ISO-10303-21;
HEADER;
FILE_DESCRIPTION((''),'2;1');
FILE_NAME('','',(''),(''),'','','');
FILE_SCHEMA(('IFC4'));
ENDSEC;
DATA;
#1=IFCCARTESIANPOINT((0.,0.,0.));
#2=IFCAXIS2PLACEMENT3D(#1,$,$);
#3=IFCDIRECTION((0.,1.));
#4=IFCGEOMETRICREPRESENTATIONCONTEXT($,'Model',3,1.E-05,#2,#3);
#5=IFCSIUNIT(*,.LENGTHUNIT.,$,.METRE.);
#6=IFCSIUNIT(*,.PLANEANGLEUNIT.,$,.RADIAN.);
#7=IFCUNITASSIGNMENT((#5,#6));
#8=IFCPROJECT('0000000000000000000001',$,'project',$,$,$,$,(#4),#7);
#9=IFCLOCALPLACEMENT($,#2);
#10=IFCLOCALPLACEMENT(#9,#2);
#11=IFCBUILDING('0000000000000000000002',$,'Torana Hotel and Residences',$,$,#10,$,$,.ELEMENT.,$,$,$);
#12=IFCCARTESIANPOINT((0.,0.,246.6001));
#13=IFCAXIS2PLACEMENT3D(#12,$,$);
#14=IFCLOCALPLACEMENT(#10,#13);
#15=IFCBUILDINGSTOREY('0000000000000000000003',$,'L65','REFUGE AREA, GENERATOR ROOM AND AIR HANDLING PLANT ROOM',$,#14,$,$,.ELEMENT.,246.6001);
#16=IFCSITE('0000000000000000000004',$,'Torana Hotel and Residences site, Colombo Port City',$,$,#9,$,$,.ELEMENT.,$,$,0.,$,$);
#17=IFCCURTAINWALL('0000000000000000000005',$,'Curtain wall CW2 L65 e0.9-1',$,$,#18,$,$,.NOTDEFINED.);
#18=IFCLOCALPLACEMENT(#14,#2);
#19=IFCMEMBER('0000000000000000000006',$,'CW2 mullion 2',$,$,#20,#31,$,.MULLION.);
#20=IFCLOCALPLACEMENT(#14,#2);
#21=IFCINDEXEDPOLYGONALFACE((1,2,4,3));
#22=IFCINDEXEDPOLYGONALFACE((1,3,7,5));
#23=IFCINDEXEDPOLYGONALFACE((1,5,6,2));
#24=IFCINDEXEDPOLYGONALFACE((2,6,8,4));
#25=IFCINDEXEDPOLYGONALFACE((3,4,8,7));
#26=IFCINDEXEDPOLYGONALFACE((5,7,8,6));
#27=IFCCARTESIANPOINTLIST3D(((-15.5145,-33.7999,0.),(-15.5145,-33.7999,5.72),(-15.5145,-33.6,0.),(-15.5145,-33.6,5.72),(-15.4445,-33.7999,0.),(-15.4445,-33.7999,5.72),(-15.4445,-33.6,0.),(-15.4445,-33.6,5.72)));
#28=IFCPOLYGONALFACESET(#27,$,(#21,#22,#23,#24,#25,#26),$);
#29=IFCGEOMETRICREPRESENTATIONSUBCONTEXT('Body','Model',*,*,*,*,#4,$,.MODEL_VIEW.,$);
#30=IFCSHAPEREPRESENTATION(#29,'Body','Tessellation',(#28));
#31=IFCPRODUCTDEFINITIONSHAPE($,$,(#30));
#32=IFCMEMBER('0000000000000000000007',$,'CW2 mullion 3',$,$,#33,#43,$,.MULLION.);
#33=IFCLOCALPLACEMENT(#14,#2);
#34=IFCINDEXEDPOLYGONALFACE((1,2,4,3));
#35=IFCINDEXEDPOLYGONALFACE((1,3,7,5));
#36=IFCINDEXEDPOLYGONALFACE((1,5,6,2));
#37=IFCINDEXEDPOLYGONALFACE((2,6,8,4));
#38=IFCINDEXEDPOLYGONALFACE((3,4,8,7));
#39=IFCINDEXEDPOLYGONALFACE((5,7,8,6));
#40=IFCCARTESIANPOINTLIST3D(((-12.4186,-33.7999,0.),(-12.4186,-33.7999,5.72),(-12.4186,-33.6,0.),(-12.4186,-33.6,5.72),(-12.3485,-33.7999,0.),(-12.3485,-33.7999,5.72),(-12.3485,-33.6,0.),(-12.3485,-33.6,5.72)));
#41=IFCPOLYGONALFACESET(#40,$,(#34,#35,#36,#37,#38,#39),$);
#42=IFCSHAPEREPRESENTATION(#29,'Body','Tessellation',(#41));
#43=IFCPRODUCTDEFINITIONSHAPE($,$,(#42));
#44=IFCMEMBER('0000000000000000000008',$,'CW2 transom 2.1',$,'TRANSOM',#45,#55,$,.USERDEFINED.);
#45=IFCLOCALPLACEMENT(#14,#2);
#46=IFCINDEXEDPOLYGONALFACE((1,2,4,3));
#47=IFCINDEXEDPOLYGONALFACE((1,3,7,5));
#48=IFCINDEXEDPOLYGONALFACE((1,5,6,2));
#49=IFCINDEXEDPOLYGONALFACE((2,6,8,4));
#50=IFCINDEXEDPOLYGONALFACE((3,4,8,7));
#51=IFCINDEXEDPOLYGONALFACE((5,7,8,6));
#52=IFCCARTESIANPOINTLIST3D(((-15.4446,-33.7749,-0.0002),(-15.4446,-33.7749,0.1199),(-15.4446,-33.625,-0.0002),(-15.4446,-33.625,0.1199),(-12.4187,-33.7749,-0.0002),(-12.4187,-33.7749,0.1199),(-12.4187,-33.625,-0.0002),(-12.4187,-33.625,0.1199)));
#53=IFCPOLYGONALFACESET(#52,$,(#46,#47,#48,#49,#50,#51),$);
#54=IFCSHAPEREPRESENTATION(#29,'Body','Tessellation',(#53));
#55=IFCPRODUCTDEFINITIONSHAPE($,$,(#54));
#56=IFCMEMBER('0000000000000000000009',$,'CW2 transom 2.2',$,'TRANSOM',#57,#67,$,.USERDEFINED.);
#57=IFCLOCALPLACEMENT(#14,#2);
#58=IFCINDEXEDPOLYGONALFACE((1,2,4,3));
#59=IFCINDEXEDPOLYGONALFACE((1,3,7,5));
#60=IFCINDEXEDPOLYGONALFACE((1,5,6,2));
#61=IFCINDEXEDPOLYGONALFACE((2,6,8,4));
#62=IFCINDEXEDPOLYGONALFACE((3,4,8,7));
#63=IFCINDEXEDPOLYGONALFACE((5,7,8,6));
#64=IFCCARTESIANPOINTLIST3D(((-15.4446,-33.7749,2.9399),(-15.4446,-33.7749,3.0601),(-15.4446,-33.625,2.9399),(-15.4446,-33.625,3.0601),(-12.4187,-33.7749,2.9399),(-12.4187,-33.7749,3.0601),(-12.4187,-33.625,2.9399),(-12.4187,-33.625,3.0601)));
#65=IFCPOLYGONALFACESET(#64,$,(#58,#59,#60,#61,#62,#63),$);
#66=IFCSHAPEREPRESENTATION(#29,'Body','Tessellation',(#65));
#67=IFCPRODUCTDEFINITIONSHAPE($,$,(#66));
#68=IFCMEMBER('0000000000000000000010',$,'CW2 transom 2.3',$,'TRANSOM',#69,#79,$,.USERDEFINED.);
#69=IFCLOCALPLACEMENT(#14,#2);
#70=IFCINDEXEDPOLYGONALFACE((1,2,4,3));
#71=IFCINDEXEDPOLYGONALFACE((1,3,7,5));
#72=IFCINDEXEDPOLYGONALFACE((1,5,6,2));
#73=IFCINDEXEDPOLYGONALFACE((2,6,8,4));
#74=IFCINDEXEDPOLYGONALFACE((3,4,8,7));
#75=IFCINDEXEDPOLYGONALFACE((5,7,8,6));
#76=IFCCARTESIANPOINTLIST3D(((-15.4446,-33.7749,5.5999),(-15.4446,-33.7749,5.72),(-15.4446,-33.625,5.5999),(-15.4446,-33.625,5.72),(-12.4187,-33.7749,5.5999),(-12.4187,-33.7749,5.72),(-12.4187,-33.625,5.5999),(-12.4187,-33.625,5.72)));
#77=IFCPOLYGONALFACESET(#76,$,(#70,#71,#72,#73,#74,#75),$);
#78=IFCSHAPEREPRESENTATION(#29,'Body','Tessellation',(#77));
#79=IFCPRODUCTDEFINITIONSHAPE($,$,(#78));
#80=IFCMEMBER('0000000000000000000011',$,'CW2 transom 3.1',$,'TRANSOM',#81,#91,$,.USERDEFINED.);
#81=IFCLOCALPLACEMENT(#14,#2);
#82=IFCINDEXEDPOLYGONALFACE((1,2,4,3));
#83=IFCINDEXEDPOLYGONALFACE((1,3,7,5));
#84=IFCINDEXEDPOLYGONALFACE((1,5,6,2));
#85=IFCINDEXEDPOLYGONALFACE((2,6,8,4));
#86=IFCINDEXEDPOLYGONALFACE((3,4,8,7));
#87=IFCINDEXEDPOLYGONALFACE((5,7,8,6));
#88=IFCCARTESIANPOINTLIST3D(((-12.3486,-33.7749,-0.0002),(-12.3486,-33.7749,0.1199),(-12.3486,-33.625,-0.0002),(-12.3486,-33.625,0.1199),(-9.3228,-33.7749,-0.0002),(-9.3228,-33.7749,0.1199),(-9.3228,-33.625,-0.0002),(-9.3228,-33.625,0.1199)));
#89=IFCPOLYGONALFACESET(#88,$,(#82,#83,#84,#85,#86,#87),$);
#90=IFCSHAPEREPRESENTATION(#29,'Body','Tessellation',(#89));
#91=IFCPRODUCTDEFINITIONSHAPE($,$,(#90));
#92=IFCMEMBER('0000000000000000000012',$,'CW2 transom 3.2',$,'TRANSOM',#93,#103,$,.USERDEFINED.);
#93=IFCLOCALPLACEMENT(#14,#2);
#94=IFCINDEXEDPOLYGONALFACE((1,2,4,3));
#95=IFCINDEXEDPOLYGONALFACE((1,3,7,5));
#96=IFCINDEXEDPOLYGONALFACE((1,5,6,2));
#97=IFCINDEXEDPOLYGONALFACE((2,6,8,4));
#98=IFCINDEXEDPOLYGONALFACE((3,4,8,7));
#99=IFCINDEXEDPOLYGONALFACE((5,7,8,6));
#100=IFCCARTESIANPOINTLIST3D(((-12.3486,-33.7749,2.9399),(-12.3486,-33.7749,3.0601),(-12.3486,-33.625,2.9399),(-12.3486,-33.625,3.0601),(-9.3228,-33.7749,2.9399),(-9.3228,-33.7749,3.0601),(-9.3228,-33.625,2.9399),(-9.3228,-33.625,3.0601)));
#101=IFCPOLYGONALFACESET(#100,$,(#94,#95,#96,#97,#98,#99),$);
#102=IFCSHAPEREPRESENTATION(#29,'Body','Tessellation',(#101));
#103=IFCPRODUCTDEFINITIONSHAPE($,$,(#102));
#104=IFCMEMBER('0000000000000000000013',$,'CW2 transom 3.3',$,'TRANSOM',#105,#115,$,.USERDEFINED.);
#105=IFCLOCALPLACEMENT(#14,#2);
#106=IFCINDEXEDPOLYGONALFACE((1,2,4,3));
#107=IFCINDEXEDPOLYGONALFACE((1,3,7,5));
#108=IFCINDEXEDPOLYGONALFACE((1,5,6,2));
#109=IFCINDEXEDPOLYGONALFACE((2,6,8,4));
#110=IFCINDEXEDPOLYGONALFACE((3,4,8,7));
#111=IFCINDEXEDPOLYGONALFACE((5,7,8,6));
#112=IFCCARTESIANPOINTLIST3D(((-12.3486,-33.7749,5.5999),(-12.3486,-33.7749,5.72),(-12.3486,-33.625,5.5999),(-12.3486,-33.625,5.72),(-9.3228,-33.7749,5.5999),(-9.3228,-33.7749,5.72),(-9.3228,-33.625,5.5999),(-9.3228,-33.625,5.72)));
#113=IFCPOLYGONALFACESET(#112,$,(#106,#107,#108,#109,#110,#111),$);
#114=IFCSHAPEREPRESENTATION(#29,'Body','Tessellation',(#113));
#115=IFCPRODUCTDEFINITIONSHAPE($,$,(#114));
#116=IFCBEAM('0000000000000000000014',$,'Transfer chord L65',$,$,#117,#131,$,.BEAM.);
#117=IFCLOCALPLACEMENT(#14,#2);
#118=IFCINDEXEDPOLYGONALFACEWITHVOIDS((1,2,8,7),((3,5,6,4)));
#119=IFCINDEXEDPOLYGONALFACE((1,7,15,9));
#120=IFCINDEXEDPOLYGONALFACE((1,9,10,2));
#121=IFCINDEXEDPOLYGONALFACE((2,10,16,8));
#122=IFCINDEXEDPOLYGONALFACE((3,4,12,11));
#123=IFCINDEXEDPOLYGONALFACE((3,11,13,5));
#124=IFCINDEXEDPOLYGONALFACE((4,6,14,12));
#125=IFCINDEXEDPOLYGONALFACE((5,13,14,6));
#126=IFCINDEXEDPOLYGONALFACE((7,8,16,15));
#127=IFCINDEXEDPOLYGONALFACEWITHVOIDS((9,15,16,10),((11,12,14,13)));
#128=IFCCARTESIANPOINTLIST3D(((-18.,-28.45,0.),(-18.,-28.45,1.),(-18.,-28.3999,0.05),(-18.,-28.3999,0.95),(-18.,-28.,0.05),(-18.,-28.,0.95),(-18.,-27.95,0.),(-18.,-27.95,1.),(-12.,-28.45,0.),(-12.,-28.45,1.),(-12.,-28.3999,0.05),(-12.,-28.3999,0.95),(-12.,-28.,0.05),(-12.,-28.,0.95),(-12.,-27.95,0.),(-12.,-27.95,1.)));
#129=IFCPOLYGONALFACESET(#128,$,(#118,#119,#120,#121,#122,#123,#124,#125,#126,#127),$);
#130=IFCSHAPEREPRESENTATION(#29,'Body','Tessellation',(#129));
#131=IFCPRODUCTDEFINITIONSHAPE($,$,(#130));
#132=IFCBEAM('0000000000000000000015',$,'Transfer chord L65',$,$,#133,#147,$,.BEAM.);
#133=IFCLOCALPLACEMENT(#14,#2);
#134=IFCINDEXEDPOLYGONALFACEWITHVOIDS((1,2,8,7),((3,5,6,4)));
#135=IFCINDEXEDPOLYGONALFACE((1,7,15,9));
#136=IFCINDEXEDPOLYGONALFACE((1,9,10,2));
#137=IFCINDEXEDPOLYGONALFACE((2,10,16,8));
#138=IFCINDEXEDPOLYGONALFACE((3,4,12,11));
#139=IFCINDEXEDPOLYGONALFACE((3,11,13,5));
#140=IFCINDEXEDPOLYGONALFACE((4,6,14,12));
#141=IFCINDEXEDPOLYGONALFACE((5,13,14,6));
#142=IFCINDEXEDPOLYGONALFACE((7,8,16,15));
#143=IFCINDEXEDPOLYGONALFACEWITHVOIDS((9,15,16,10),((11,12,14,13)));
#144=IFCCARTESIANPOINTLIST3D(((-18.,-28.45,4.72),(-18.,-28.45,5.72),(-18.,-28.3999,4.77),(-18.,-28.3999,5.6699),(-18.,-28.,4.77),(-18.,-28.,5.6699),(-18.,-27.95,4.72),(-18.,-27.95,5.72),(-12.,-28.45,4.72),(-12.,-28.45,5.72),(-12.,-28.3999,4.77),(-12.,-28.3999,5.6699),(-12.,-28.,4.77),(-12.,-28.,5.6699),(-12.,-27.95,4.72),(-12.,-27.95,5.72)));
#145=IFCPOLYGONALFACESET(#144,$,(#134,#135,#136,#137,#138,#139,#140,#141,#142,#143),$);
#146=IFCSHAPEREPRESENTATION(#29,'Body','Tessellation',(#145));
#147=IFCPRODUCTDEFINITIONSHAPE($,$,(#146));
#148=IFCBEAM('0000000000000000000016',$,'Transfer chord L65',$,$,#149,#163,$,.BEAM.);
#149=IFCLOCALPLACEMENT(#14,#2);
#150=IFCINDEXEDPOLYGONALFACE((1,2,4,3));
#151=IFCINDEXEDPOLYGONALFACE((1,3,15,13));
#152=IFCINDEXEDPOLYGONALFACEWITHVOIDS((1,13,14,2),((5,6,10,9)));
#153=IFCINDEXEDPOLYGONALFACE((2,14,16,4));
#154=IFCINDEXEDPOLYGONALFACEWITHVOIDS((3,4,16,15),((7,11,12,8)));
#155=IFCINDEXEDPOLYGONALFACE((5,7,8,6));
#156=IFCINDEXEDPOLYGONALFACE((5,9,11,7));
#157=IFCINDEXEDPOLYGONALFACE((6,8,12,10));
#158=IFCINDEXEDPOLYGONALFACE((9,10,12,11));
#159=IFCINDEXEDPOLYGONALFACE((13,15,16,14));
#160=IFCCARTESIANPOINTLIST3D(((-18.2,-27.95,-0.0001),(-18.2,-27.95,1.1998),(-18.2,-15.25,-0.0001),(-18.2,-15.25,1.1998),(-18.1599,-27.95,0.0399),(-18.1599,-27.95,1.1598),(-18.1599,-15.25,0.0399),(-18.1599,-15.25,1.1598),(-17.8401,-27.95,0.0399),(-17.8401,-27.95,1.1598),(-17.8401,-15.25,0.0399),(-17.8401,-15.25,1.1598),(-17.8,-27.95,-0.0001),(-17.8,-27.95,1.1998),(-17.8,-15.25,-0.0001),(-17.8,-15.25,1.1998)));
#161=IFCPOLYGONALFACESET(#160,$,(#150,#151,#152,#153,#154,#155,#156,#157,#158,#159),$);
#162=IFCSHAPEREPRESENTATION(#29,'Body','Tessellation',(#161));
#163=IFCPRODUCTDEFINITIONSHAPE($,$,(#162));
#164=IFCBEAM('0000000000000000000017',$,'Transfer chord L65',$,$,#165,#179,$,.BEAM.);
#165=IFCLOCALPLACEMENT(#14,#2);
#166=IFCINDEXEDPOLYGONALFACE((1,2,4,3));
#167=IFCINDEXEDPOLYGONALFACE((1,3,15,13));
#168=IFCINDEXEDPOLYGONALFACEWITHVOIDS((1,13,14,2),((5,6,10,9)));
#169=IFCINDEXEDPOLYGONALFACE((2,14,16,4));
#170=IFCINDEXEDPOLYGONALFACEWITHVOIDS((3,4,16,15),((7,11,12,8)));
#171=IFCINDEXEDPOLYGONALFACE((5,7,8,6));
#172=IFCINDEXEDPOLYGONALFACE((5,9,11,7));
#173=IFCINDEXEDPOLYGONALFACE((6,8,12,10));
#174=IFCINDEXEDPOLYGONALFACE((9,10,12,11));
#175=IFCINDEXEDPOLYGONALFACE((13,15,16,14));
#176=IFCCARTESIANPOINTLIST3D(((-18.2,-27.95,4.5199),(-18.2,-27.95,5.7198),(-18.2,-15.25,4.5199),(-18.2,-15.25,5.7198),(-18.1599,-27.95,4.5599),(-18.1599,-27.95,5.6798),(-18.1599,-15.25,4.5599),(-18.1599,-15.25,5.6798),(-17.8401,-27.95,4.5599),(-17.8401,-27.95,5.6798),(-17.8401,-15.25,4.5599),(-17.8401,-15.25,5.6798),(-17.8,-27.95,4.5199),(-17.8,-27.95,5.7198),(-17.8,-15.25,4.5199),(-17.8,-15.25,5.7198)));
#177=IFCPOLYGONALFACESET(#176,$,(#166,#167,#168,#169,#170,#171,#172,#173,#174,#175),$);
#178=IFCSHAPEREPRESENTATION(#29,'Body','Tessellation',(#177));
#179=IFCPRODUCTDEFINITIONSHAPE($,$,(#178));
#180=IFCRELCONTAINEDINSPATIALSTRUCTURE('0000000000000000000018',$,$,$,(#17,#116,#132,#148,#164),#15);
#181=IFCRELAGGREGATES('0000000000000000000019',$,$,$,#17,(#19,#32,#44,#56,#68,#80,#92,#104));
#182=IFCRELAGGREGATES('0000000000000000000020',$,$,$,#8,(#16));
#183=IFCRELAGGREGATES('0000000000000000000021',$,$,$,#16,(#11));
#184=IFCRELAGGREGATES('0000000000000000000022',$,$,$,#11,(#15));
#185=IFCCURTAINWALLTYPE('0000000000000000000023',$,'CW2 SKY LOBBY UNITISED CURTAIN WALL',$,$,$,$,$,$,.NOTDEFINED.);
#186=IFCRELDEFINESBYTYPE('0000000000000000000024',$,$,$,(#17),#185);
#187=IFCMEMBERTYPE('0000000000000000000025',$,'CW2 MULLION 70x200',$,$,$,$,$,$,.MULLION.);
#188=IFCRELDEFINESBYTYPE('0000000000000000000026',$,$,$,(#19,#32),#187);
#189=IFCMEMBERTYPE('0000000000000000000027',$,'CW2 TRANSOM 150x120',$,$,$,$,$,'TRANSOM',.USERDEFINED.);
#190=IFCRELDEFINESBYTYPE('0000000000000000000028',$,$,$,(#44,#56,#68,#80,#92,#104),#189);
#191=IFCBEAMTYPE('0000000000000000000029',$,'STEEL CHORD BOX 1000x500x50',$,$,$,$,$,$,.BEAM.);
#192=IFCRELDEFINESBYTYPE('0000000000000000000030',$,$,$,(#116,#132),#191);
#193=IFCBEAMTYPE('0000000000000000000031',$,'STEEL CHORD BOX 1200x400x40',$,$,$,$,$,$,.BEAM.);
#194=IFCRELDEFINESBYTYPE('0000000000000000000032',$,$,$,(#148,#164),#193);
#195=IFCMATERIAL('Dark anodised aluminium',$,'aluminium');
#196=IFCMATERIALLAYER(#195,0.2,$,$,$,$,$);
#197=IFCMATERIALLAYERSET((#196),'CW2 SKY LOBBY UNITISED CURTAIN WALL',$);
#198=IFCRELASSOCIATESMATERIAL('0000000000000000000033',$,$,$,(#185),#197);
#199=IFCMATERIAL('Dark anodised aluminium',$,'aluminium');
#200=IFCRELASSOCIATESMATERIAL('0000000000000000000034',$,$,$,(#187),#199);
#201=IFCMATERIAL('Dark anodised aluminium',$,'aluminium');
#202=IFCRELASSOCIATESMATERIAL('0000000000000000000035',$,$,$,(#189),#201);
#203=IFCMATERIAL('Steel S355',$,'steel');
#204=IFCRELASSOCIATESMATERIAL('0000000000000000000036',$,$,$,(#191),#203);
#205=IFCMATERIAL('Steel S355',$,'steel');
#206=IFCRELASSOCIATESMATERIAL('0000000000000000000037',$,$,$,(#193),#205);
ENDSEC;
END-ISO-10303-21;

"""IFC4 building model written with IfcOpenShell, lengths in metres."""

from ifc_helpers import new_model, si_unit, direction, frame, origin, origin_2d, place, context, subcontext, project, spatial, rectangle, hollow_rectangle, extrude, material, layer, layer_set, material_profile, profile_set, type_object, element, aggregate, save


model = new_model("IFC4")

# Units and contexts
model_context = context("Model", 3, precision=1e-05, world=origin(), true_north=direction((0.0, 1.0)))
body_context = subcontext(model_context, "Body", "Model", "MODEL_VIEW")
ifc_project = project(units=[si_unit("LENGTHUNIT", "METRE"), si_unit("PLANEANGLEUNIT", "RADIAN")], contexts=[model_context])

# Site, building, storey
site_placement = place(None, origin())
site = spatial("IfcSite", under=ifc_project, at=site_placement, Name="Torana Hotel and Residences site, Colombo Port City", CompositionType="ELEMENT", RefElevation=0.0)
building_placement = place(site_placement, origin())
building = spatial("IfcBuilding", under=site, at=building_placement, Name="Torana Hotel and Residences", CompositionType="ELEMENT")
storey_placement = place(building_placement, frame((0.0, 0.0, 246.6001)))
storey = spatial("IfcBuildingStorey", under=building, at=storey_placement, Name="L65", Description="REFUGE AREA, GENERATOR ROOM AND AIR HANDLING PLANT ROOM", CompositionType="ELEMENT", Elevation=246.6001)

# Curtain wall, members
ifc_material_1 = material(Name="Dark anodised aluminium", Category="aluminium")
ifc_layer_1 = layer(ifc_material_1, 0.2)
ifc_layer_set_1 = layer_set([ifc_layer_1], Name="CW2 SKY LOBBY UNITISED CURTAIN WALL")
curtain_wall_type = type_object("IfcCurtainWallType", Name="CW2 SKY LOBBY UNITISED CURTAIN WALL", PredefinedType="NOTDEFINED", material=ifc_layer_set_1)
curtain_wall_placement = place(storey_placement, origin())
curtain_wall = element("IfcCurtainWall", 1, at=curtain_wall_placement, inside=storey, type_object=curtain_wall_type, Name="Curtain wall CW2 L65 e0.9-1", PredefinedType="NOTDEFINED")
ifc_material_2 = material(Name="Dark anodised aluminium", Category="aluminium")
ifc_material_profile_1 = material_profile(ifc_material_2, rectangle(XDim=0.2, YDim=0.0701, at=origin_2d()), Name="CW2 MULLION 70x200")
ifc_profile_set_1 = profile_set([ifc_material_profile_1], Name="Dark anodised aluminium")
member_type_1 = type_object("IfcMemberType", Name="CW2 MULLION 70x200", PredefinedType="MULLION", material=ifc_profile_set_1)
member_1_placement = place(storey_placement, frame((-15.4795, -33.7, 0.0), z_axis=(0.0, 0.0, 1.0), x_axis=(0.0, 1.0, 0.0)))
member_1 = element("IfcMember", 2, at=member_1_placement, type_object=member_type_1, Name="CW2 mullion 2", PredefinedType="MULLION", context=body_context, shape_type="SweptSolid", body=[
    extrude(rectangle(XDim=0.2, YDim=0.0701, at=origin_2d()), origin(), (0.0, 0.0, 1.0), 5.72),
])
member_2_placement = place(storey_placement, frame((-12.3835, -33.7, 0.0), z_axis=(0.0, 0.0, 1.0), x_axis=(0.0, 1.0, 0.0)))
member_2 = element("IfcMember", 3, at=member_2_placement, type_object=member_type_1, Name="CW2 mullion 3", PredefinedType="MULLION", context=body_context, shape_type="SweptSolid", body=[
    extrude(rectangle(XDim=0.2, YDim=0.0701, at=origin_2d()), origin(), (0.0, 0.0, 1.0), 5.72),
])
ifc_material_3 = material(Name="Dark anodised aluminium", Category="aluminium")
ifc_material_profile_2 = material_profile(ifc_material_3, rectangle(XDim=0.1499, YDim=0.1201, at=origin_2d()), Name="CW2 TRANSOM 150x120")
ifc_profile_set_2 = profile_set([ifc_material_profile_2], Name="Dark anodised aluminium")
member_type_2 = type_object("IfcMemberType", Name="CW2 TRANSOM 150x120", ElementType="TRANSOM", PredefinedType="USERDEFINED", material=ifc_profile_set_2)
member_3_placement = place(storey_placement, frame((-15.4446, -33.7, 0.0598), z_axis=(1.0, 0.0, 0.0), x_axis=(0.0, 1.0, 0.0)))
member_3 = element("IfcMember", 4, at=member_3_placement, type_object=member_type_2, Name="CW2 transom 2.1", ObjectType="TRANSOM", PredefinedType="USERDEFINED", context=body_context, shape_type="SweptSolid", body=[
    extrude(rectangle(XDim=0.1499, YDim=0.1201, at=origin_2d()), origin(), (0.0, 0.0, 1.0), 3.0259),
])
member_4_placement = place(storey_placement, frame((-15.4446, -33.7, 3.0), z_axis=(1.0, 0.0, 0.0), x_axis=(0.0, 1.0, 0.0)))
member_4 = element("IfcMember", 5, at=member_4_placement, type_object=member_type_2, Name="CW2 transom 2.2", ObjectType="TRANSOM", PredefinedType="USERDEFINED", context=body_context, shape_type="SweptSolid", body=[
    extrude(rectangle(XDim=0.1499, YDim=0.1201, at=origin_2d()), origin(), (0.0, 0.0, 1.0), 3.0259),
])
member_5_placement = place(storey_placement, frame((-15.4446, -33.7, 5.6599), z_axis=(1.0, 0.0, 0.0), x_axis=(0.0, 1.0, 0.0)))
member_5 = element("IfcMember", 6, at=member_5_placement, type_object=member_type_2, Name="CW2 transom 2.3", ObjectType="TRANSOM", PredefinedType="USERDEFINED", context=body_context, shape_type="SweptSolid", body=[
    extrude(rectangle(XDim=0.1499, YDim=0.1201, at=origin_2d()), origin(), (0.0, 0.0, 1.0), 3.0259),
])
member_6_placement = place(storey_placement, frame((-12.3486, -33.7, 0.0598), z_axis=(1.0, 0.0, 0.0), x_axis=(0.0, 1.0, 0.0)))
member_6 = element("IfcMember", 7, at=member_6_placement, type_object=member_type_2, Name="CW2 transom 3.1", ObjectType="TRANSOM", PredefinedType="USERDEFINED", context=body_context, shape_type="SweptSolid", body=[
    extrude(rectangle(XDim=0.1499, YDim=0.1201, at=origin_2d()), origin(), (0.0, 0.0, 1.0), 3.0259),
])
member_7_placement = place(storey_placement, frame((-12.3486, -33.7, 3.0), z_axis=(1.0, 0.0, 0.0), x_axis=(0.0, 1.0, 0.0)))
member_7 = element("IfcMember", 8, at=member_7_placement, type_object=member_type_2, Name="CW2 transom 3.2", ObjectType="TRANSOM", PredefinedType="USERDEFINED", context=body_context, shape_type="SweptSolid", body=[
    extrude(rectangle(XDim=0.1499, YDim=0.1201, at=origin_2d()), origin(), (0.0, 0.0, 1.0), 3.0259),
])
member_8_placement = place(storey_placement, frame((-12.3486, -33.7, 5.6599), z_axis=(1.0, 0.0, 0.0), x_axis=(0.0, 1.0, 0.0)))
member_8 = element("IfcMember", 9, at=member_8_placement, type_object=member_type_2, Name="CW2 transom 3.3", ObjectType="TRANSOM", PredefinedType="USERDEFINED", context=body_context, shape_type="SweptSolid", body=[
    extrude(rectangle(XDim=0.1499, YDim=0.1201, at=origin_2d()), origin(), (0.0, 0.0, 1.0), 3.0259),
])

# Beams
ifc_material_4 = material(Name="Steel S355", Category="steel")
ifc_material_profile_3 = material_profile(ifc_material_4, hollow_rectangle(XDim=0.5, YDim=1.0, WallThickness=0.05, at=origin_2d()), Name="BOX 1000x500x50")
ifc_profile_set_3 = profile_set([ifc_material_profile_3], Name="Steel S355")
beam_type_1 = type_object("IfcBeamType", Name="STEEL CHORD BOX 1000x500x50", PredefinedType="BEAM", material=ifc_profile_set_3)
for number, where, z_axis, x_axis, name in (
    (10, (-18.0, -28.2, 0.5), (1.0, 0.0, 0.0), (0.0, 1.0, 0.0), "Transfer chord L65"),
    (11, (-18.0, -28.2, 5.22), (1.0, 0.0, 0.0), (0.0, 1.0, 0.0), "Transfer chord L65"),
):
    element("IfcBeam", number, at=place(storey_placement, frame(where, z_axis=z_axis, x_axis=x_axis)), inside=storey, type_object=beam_type_1, Name=name, PredefinedType="BEAM", context=body_context, shape_type="SweptSolid", body=[
        extrude(hollow_rectangle(XDim=0.5, YDim=1.0, WallThickness=0.05, at=origin_2d()), origin(), (0.0, 0.0, 1.0), 6.0),
    ])
ifc_material_5 = material(Name="Steel S355", Category="steel")
ifc_material_profile_4 = material_profile(ifc_material_5, hollow_rectangle(XDim=0.3999, YDim=1.2, WallThickness=0.04, at=origin_2d()), Name="BOX 1200x400x40")
ifc_profile_set_4 = profile_set([ifc_material_profile_4], Name="Steel S355")
beam_type_2 = type_object("IfcBeamType", Name="STEEL CHORD BOX 1200x400x40", PredefinedType="BEAM", material=ifc_profile_set_4)
for number, where, z_axis, x_axis, name in (
    (12, (-18.0, -27.95, 0.5999), (0.0, 1.0, 0.0), (-1.0, 0.0, 0.0), "Transfer chord L65"),
    (13, (-18.0, -27.95, 5.1199), (0.0, 1.0, 0.0), (-1.0, 0.0, 0.0), "Transfer chord L65"),
):
    element("IfcBeam", number, at=place(storey_placement, frame(where, z_axis=z_axis, x_axis=x_axis)), inside=storey, type_object=beam_type_2, Name=name, PredefinedType="BEAM", context=body_context, shape_type="SweptSolid", body=[
        extrude(hollow_rectangle(XDim=0.3999, YDim=1.2, WallThickness=0.04, at=origin_2d()), origin(), (0.0, 0.0, 1.0), 12.7),
    ])

aggregate(curtain_wall, [member_1, member_2, member_3, member_4, member_5, member_6, member_7, member_8])

save(model, "model.ifc")
